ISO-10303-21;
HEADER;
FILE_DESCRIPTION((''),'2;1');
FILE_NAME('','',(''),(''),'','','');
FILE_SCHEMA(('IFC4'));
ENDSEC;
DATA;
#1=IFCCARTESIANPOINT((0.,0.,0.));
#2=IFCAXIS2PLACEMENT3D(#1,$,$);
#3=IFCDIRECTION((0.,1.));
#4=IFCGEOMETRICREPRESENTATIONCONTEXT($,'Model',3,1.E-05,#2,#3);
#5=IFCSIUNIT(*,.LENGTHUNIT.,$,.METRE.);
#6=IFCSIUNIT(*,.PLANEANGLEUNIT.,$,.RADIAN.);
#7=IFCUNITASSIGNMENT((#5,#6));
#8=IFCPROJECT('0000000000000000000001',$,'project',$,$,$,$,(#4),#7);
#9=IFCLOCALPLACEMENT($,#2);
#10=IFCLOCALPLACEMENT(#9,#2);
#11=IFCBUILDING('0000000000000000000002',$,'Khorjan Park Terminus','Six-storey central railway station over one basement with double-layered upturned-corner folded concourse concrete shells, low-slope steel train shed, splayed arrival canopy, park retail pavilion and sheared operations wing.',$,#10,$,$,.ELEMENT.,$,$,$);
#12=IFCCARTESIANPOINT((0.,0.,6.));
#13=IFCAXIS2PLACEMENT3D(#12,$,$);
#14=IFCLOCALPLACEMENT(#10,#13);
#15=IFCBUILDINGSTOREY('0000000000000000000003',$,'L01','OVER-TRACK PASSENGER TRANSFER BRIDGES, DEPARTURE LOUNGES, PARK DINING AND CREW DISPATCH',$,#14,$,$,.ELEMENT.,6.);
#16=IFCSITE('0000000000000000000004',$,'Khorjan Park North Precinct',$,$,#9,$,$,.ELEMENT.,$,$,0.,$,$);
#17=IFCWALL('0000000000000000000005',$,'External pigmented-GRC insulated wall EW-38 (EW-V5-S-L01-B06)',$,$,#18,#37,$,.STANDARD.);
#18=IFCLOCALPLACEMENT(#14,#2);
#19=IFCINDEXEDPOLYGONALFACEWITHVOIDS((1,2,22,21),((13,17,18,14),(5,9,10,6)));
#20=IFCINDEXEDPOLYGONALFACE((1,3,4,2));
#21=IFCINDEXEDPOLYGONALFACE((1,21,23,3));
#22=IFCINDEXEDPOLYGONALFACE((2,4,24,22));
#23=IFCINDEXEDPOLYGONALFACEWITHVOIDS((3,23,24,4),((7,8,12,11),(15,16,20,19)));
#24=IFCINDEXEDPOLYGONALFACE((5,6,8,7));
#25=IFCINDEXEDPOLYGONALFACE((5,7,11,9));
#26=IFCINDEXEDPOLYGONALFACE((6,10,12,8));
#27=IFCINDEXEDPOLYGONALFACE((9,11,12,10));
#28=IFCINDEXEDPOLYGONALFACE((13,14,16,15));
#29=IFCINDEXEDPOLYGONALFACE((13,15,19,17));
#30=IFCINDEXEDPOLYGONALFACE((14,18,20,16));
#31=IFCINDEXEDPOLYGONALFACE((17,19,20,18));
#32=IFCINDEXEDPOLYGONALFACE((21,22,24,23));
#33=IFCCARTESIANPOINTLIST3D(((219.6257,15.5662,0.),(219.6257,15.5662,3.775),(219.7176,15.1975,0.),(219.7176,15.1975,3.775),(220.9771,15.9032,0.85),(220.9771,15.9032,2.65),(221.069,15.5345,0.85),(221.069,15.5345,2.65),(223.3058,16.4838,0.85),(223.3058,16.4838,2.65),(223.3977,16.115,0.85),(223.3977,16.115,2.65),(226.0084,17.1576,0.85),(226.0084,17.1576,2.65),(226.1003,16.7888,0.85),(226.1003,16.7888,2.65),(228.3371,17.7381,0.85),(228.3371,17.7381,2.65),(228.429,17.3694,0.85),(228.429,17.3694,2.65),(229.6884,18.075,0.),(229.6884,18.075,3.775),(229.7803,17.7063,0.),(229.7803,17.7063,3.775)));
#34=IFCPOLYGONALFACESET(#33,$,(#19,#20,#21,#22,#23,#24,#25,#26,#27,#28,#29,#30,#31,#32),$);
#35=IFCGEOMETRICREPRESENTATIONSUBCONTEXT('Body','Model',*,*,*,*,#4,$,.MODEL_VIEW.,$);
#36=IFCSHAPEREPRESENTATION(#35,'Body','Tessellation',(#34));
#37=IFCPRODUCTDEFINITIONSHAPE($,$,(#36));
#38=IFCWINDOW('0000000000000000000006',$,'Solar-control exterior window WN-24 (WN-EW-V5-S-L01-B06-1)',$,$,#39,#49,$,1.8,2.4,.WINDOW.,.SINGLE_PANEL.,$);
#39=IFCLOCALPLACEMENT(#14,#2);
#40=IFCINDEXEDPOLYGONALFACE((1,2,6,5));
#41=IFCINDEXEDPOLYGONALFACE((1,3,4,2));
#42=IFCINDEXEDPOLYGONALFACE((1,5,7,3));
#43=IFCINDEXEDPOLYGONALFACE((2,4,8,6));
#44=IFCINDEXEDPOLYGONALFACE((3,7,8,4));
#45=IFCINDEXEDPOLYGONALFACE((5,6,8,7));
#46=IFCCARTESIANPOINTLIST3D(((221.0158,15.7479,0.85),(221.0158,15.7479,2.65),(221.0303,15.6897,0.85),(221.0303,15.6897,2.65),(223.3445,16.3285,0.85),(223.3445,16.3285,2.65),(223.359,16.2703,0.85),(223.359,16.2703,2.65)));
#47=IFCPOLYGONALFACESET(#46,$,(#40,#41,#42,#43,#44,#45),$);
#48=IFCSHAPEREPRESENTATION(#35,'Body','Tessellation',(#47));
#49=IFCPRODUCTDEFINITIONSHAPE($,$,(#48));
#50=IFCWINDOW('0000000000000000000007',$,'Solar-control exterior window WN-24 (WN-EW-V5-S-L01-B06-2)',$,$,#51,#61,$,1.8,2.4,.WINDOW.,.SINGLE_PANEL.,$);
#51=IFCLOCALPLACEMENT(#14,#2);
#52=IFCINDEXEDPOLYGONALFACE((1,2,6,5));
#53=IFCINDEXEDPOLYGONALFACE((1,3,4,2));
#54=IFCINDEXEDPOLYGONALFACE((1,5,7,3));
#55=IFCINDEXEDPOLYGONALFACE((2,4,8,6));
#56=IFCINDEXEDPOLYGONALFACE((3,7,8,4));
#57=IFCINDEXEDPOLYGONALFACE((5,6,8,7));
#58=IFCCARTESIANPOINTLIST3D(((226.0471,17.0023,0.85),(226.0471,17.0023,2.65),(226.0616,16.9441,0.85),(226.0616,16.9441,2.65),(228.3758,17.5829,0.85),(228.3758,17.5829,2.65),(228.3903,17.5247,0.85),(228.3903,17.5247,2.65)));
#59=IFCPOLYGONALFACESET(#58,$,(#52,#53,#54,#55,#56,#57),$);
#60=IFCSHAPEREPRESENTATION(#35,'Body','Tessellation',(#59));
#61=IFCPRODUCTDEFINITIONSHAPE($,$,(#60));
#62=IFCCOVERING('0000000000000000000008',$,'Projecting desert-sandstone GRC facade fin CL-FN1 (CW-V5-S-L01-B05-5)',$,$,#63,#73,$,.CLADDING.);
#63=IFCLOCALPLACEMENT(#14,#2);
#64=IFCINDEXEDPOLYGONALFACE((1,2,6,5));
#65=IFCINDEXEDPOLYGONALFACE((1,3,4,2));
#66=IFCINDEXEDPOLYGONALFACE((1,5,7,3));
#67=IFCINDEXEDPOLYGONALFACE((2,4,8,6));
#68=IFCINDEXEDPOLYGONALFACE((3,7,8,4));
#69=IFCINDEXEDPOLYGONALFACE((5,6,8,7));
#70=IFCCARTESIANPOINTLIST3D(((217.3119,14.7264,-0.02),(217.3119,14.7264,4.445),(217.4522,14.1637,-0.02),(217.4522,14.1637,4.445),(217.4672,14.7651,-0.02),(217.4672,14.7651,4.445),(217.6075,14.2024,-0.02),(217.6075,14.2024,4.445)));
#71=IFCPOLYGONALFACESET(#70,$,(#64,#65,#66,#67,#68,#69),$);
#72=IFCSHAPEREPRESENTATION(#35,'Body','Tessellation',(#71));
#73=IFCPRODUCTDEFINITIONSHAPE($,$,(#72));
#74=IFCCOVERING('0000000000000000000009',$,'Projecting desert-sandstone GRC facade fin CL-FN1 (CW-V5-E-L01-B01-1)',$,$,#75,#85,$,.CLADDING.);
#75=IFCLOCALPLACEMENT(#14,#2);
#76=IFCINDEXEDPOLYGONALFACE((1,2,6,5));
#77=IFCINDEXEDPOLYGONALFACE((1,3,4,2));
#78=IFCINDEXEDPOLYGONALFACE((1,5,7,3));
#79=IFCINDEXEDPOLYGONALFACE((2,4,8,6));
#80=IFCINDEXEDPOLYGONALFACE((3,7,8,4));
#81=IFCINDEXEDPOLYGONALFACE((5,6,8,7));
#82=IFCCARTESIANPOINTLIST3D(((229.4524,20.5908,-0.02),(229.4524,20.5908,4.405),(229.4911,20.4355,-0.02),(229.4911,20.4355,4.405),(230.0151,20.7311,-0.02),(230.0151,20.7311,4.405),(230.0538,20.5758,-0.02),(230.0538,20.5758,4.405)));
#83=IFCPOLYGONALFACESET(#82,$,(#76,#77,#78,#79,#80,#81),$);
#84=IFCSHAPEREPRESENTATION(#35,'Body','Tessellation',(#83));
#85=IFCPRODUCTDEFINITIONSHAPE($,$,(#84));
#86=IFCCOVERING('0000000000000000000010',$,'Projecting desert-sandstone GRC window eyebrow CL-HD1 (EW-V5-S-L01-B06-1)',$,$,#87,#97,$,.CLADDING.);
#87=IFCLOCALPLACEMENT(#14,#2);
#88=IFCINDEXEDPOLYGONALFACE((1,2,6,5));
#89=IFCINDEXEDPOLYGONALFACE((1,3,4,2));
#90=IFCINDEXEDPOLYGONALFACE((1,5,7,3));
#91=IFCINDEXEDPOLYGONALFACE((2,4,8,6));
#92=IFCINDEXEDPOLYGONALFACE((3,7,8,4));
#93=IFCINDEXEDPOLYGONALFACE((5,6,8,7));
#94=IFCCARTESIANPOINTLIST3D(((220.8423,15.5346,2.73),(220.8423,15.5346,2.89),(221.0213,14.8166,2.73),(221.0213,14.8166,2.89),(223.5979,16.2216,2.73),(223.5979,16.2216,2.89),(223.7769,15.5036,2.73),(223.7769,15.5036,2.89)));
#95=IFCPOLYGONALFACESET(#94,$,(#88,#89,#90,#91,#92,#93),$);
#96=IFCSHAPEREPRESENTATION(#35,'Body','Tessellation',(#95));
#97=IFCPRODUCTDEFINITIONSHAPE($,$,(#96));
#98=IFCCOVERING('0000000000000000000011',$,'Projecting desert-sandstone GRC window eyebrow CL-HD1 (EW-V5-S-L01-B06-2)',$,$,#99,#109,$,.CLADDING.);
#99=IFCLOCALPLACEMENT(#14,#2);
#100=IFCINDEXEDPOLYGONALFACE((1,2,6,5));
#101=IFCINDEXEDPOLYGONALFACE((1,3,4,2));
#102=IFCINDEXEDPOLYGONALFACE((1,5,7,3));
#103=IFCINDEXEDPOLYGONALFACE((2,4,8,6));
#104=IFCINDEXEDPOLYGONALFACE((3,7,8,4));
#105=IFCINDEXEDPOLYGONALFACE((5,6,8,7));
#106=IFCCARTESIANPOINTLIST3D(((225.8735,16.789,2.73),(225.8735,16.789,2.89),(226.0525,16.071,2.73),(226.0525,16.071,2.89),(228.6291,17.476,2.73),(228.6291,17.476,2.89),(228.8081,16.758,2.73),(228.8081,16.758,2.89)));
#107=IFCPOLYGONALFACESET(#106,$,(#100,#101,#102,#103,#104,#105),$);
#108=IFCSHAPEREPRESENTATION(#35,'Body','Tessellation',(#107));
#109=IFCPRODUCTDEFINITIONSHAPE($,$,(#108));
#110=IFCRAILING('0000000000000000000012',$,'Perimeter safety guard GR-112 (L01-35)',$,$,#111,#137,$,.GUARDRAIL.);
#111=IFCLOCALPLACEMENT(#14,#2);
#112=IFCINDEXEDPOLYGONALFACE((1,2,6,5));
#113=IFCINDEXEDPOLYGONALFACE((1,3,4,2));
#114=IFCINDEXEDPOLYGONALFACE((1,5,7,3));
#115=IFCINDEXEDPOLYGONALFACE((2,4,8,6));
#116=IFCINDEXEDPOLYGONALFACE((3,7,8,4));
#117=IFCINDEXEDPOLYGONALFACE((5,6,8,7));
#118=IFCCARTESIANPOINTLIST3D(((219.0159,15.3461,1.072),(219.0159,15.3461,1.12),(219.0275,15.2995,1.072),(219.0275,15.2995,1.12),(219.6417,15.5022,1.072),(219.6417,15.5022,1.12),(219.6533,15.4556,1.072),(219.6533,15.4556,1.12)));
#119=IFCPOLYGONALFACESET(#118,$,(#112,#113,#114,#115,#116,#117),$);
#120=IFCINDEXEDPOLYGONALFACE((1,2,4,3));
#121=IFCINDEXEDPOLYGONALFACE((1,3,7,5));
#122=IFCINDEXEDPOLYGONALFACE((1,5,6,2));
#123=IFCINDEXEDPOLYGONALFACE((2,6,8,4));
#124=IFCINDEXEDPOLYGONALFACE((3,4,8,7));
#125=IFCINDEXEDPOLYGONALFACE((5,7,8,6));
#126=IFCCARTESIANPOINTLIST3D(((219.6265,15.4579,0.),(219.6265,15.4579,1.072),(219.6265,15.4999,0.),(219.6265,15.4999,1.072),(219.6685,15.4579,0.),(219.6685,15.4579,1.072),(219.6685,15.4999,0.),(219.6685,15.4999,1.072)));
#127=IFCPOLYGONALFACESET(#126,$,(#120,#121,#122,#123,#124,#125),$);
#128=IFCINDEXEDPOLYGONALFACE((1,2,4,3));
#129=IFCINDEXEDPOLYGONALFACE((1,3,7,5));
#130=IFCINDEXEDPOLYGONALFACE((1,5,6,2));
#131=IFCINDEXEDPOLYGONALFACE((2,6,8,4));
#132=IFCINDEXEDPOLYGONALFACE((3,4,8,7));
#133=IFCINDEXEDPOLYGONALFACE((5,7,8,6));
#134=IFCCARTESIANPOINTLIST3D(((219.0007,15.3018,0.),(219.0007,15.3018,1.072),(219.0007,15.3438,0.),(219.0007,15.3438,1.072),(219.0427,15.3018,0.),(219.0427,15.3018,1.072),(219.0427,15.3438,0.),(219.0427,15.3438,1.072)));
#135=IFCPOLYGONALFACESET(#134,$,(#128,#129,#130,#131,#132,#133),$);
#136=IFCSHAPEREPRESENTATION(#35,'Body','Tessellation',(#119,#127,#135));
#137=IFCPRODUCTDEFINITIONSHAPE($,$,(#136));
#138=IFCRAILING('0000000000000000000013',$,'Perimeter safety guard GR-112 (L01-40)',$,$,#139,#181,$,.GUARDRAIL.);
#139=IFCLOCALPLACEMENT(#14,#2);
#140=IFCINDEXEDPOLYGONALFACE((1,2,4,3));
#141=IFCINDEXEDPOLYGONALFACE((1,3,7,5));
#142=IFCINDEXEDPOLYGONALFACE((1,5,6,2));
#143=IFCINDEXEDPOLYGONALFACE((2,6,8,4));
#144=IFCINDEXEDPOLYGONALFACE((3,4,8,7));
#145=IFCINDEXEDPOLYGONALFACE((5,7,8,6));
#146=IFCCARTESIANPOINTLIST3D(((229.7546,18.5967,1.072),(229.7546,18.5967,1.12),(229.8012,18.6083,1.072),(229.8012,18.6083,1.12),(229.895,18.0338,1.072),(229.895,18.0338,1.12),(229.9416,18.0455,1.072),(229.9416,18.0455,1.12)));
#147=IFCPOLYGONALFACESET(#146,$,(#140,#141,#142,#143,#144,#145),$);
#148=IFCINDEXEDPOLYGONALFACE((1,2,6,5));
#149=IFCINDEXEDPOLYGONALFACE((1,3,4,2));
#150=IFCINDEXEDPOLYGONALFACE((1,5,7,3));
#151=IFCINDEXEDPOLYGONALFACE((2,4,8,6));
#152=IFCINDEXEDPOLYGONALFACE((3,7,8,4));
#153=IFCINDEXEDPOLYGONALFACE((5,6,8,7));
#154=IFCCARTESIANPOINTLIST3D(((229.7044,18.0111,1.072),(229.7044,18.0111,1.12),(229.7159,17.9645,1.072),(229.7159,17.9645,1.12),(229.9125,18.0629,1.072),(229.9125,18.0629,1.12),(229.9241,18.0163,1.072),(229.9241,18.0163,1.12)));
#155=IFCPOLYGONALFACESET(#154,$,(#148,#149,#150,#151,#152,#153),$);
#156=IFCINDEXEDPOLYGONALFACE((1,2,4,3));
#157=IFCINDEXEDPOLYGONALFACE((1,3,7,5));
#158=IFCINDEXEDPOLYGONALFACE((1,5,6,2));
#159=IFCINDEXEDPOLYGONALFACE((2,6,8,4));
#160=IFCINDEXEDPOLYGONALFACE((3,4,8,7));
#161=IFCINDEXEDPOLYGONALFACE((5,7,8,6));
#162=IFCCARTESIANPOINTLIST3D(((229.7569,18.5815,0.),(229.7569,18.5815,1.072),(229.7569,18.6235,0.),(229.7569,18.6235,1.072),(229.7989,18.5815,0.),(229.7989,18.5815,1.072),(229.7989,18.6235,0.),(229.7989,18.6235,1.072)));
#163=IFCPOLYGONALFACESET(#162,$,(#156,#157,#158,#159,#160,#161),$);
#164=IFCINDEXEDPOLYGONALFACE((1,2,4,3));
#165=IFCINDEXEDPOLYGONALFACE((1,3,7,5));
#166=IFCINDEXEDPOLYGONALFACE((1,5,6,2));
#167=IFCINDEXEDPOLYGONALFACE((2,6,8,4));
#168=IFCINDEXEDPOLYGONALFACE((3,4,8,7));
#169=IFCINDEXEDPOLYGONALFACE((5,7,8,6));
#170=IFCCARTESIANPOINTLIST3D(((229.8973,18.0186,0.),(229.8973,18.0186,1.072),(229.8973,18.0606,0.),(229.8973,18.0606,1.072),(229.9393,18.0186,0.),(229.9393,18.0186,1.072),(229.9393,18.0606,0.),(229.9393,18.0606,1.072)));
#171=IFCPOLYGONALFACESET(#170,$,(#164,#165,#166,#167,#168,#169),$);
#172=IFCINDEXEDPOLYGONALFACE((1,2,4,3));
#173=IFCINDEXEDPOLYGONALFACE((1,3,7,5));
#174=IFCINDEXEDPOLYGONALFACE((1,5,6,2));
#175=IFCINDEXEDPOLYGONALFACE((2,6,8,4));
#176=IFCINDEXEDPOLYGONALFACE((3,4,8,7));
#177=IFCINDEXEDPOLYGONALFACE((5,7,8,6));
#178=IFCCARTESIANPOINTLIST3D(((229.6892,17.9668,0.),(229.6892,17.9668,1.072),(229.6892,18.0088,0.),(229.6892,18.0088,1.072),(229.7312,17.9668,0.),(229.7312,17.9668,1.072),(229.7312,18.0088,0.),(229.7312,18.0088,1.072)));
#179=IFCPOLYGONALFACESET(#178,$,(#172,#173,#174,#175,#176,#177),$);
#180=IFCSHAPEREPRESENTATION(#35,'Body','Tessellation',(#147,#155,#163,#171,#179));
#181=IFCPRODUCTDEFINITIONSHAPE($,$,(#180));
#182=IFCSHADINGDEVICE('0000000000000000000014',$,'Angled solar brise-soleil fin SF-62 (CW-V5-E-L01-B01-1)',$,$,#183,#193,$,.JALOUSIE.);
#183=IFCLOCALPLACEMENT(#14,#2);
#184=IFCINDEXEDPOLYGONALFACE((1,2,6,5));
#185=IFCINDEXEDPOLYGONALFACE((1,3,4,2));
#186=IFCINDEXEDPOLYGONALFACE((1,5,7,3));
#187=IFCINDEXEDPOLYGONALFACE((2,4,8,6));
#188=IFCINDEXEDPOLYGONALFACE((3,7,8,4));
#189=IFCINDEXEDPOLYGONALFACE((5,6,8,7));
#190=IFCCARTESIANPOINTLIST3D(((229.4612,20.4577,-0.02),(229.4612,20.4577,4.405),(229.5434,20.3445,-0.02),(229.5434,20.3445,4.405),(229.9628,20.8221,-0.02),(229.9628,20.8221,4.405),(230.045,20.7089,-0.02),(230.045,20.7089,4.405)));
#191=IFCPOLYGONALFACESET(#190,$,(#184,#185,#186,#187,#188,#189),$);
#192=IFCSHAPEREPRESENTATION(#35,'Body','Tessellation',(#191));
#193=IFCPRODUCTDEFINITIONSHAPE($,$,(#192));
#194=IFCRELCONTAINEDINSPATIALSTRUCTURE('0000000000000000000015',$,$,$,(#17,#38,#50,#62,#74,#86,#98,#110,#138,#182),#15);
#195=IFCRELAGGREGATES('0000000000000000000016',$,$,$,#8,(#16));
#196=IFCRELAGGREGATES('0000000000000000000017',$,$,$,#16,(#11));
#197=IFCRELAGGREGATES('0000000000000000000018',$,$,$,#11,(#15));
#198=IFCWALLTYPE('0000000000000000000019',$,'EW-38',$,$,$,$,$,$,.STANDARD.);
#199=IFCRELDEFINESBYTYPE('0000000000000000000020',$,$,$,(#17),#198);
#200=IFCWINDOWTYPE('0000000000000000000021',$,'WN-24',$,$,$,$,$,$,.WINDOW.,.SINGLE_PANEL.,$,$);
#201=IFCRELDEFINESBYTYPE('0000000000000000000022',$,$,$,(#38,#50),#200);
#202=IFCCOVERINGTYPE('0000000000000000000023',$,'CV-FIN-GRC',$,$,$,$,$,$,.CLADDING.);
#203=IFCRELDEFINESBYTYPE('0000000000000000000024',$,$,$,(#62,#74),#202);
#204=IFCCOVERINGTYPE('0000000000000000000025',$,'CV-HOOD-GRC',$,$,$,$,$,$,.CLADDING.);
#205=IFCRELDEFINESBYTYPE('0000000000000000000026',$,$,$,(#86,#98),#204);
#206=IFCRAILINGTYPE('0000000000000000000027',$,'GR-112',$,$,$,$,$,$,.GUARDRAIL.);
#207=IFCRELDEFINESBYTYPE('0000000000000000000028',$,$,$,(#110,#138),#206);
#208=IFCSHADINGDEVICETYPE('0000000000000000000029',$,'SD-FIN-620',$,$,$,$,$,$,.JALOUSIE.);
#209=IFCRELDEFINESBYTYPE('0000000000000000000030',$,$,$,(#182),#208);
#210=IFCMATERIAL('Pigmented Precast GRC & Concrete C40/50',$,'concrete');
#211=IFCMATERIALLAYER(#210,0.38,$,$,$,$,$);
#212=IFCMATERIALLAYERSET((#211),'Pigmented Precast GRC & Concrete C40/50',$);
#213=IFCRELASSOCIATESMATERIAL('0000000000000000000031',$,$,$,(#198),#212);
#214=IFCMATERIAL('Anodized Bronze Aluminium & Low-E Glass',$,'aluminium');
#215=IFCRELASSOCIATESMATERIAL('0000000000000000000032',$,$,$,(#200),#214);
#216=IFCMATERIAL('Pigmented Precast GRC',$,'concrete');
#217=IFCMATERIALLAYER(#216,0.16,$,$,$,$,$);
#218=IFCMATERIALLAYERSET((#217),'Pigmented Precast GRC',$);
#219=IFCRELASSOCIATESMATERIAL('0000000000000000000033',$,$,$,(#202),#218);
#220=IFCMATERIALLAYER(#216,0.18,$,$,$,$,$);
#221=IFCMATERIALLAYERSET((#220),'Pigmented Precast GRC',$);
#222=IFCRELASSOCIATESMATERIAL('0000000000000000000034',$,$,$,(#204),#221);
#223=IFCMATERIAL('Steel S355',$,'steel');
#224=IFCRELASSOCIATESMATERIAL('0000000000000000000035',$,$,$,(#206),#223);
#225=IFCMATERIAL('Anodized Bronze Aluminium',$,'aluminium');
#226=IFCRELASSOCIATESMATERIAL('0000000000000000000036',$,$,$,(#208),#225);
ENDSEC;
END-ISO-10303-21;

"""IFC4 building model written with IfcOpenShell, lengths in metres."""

from ifc_helpers import new_model, si_unit, direction, frame, frame_2d, origin, origin_2d, place, context, subcontext, project, spatial, rectangle, extrude, material, layer, layer_set, type_object, element, fill, save


model = new_model("IFC4")

# Units and contexts
model_context = context("Model", 3, precision=1e-05, world=origin(), true_north=direction((0.0, 1.0)))
body_context = subcontext(model_context, "Body", "Model", "MODEL_VIEW")
ifc_project = project(units=[si_unit("LENGTHUNIT", "METRE"), si_unit("PLANEANGLEUNIT", "RADIAN")], contexts=[model_context])

# Site, building, storey
site_placement = place(None, origin())
site = spatial("IfcSite", under=ifc_project, at=site_placement, Name="Khorjan Park North Precinct", CompositionType="ELEMENT", RefElevation=0.0)
building_placement = place(site_placement, origin())
building = spatial("IfcBuilding", under=site, at=building_placement, Name="Khorjan Park Terminus", Description="Six-storey central railway station over one basement with double-layered upturned-corner folded concourse concrete shells, low-slope steel train shed, splayed arrival canopy, park retail pavilion and sheared operations wing.", CompositionType="ELEMENT")
storey_placement = place(building_placement, frame((0.0, 0.0, 6.0)))
storey = spatial("IfcBuildingStorey", under=building, at=storey_placement, Name="L01", Description="OVER-TRACK PASSENGER TRANSFER BRIDGES, DEPARTURE LOUNGES, PARK DINING AND CREW DISPATCH", CompositionType="ELEMENT", Elevation=6.0)

# Shared definitions
ifc_material_1 = material(Name="Steel S355", Category="steel")

# Shared definitions
ifc_material_2 = material(Name="Anodized Bronze Aluminium", Category="aluminium")

# Wall, openings, windows
ifc_material_3 = material(Name="Pigmented Precast GRC & Concrete C40/50", Category="concrete")
ifc_layer_1 = layer(ifc_material_3, 0.38)
ifc_layer_set_1 = layer_set([ifc_layer_1], Name="Pigmented Precast GRC & Concrete C40/50")
wall_type = type_object("IfcWallType", Name="EW-38", PredefinedType="STANDARD", material=ifc_layer_set_1)
wall_placement = place(storey_placement, frame((219.6717, 15.3819, 0.0), z_axis=(0.0, 0.0, 1.0), x_axis=(0.970298, 0.241912, 0.0)))
wall = element("IfcWall", 1, at=wall_placement, inside=storey, type_object=wall_type, Name="External pigmented-GRC insulated wall EW-38 (EW-V5-S-L01-B06)", PredefinedType="STANDARD", context=body_context, shape_type="SweptSolid", body=[
    extrude(rectangle(XDim=10.3707, YDim=0.38, at=frame_2d((5.1853, 0.0))), origin(), (0.0, 0.0, 1.0), 3.775),
])
opening_1_placement = place(wall_placement, frame((1.3927, 0.0, 0.85)))
opening_1 = element("IfcOpeningElement", 2, at=opening_1_placement, cuts=wall, PredefinedType="OPENING", context=body_context, shape_type="SweptSolid", body=[
    extrude(rectangle(XDim=2.4, YDim=1.8, at=frame_2d((1.2, 0.9))), frame((0.0, 0.2, 0.0), z_axis=(0.0, -1.0, 0.0), x_axis=(1.0, 0.0, 0.0)), (0.0, 0.0, 1.0), 0.4),
])
opening_2_placement = place(wall_placement, frame((6.578, 0.0, 0.85)))
opening_2 = element("IfcOpeningElement", 3, at=opening_2_placement, cuts=wall, PredefinedType="OPENING", context=body_context, shape_type="SweptSolid", body=[
    extrude(rectangle(XDim=2.4, YDim=1.8, at=frame_2d((1.2, 0.9))), frame((0.0, 0.2, 0.0), z_axis=(0.0, -1.0, 0.0), x_axis=(1.0, 0.0, 0.0)), (0.0, 0.0, 1.0), 0.4),
])
ifc_material_4 = material(Name="Anodized Bronze Aluminium & Low-E Glass", Category="aluminium")
window_type = type_object("IfcWindowType", Name="WN-24", PartitioningType="SINGLE_PANEL", PredefinedType="WINDOW", material=ifc_material_4)
window_1_placement = place(opening_1_placement, origin())
window_1 = element("IfcWindow", 4, at=window_1_placement, inside=storey, type_object=window_type, Name="Solar-control exterior window WN-24 (WN-EW-V5-S-L01-B06-1)", OverallHeight=1.8, OverallWidth=2.4, PartitioningType="SINGLE_PANEL", PredefinedType="WINDOW", context=body_context, shape_type="SweptSolid", body=[
    extrude(rectangle(XDim=2.4, YDim=1.8, at=frame_2d((1.2, 0.9))), frame((0.0, 0.03, 0.0), z_axis=(0.0, -1.0, 0.0), x_axis=(1.0, 0.0, 0.0)), (0.0, 0.0, 1.0), 0.06),
])
fill(opening_1, window_1)
window_2_placement = place(opening_2_placement, origin())
window_2 = element("IfcWindow", 5, at=window_2_placement, inside=storey, type_object=window_type, Name="Solar-control exterior window WN-24 (WN-EW-V5-S-L01-B06-2)", OverallHeight=1.8, OverallWidth=2.4, PartitioningType="SINGLE_PANEL", PredefinedType="WINDOW", context=body_context, shape_type="SweptSolid", body=[
    extrude(rectangle(XDim=2.4, YDim=1.8, at=frame_2d((1.2, 0.9))), frame((0.0, 0.03, 0.0), z_axis=(0.0, -1.0, 0.0), x_axis=(1.0, 0.0, 0.0)), (0.0, 0.0, 1.0), 0.06),
])
fill(opening_2, window_2)

# Coverings
ifc_material_5 = material(Name="Pigmented Precast GRC", Category="concrete")
ifc_layer_2 = layer(ifc_material_5, 0.16)
ifc_layer_set_2 = layer_set([ifc_layer_2], Name="Pigmented Precast GRC")
covering_type_1 = type_object("IfcCoveringType", Name="CV-FIN-GRC", PredefinedType="CLADDING", material=ifc_layer_set_2)
covering_1_placement = place(storey_placement, frame((217.4597, 14.4644, -0.02), z_axis=(0.0, 0.0, 1.0), x_axis=(-0.241922, 0.970296, 0.0)))
element("IfcCovering", 6, at=covering_1_placement, inside=storey, type_object=covering_type_1, Name="Projecting desert-sandstone GRC facade fin CL-FN1 (CW-V5-S-L01-B05-5)", PredefinedType="CLADDING", context=body_context, shape_type="SweptSolid", body=[
    extrude(rectangle(XDim=0.58, YDim=0.16, at=origin_2d()), origin(), (0.0, 0.0, 1.0), 4.465),
])
covering_2_placement = place(storey_placement, frame((229.7531, 20.5833, -0.02), z_axis=(0.0, 0.0, 1.0), x_axis=(-0.970296, -0.241922, 0.0)))
element("IfcCovering", 7, at=covering_2_placement, inside=storey, type_object=covering_type_1, Name="Projecting desert-sandstone GRC facade fin CL-FN1 (CW-V5-E-L01-B01-1)", PredefinedType="CLADDING", context=body_context, shape_type="SweptSolid", body=[
    extrude(rectangle(XDim=0.58, YDim=0.16, at=origin_2d()), origin(), (0.0, 0.0, 1.0), 4.425),
])
ifc_layer_3 = layer(ifc_material_5, 0.18)
ifc_layer_set_3 = layer_set([ifc_layer_3], Name="Pigmented Precast GRC")
covering_type_2 = type_object("IfcCoveringType", Name="CV-HOOD-GRC", PredefinedType="CLADDING", material=ifc_layer_set_3)
for number, where, z_axis, x_axis, name in (
    (8, (222.3096, 15.5191, 2.73), (0.0, 0.0, 1.0), (0.970298, 0.241912, 0.0), "Projecting desert-sandstone GRC window eyebrow CL-HD1 (EW-V5-S-L01-B06-1)"),
    (9, (227.3408, 16.7735, 2.73), (0.0, 0.0, 1.0), (0.970298, 0.241912, 0.0), "Projecting desert-sandstone GRC window eyebrow CL-HD1 (EW-V5-S-L01-B06-2)"),
):
    element("IfcCovering", number, at=place(storey_placement, frame(where, z_axis=z_axis, x_axis=x_axis)), inside=storey, type_object=covering_type_2, Name=name, PredefinedType="CLADDING", context=body_context, shape_type="SweptSolid", body=[
        extrude(rectangle(XDim=2.84, YDim=0.74, at=origin_2d()), origin(), (0.0, 0.0, 1.0), 0.16),
    ])

# Railings
railing_type = type_object("IfcRailingType", Name="GR-112", PredefinedType="GUARDRAIL", material=ifc_material_1)
railing_1_placement = place(storey_placement, frame((219.6475, 15.4789, 0.0)))
element("IfcRailing", 10, at=railing_1_placement, inside=storey, type_object=railing_type, Name="Perimeter safety guard GR-112 (L01-35)", PredefinedType="GUARDRAIL", context=body_context, shape_type="SweptSolid", body=[
    extrude(rectangle(XDim=0.048, YDim=0.048, at=origin_2d()), frame((0.0, 0.0, 1.096), z_axis=(-0.97027, -0.242025, 0.0), x_axis=(0.242025, -0.97027, 0.0)), (0.0, 0.0, 1.0), 0.645),
    extrude(rectangle(XDim=0.042, YDim=0.042, at=origin_2d()), origin(), (0.0, 0.0, 1.0), 1.072),
    extrude(rectangle(XDim=0.042, YDim=0.042, at=origin_2d()), frame((-0.6258, -0.1561, 0.0)), (0.0, 0.0, 1.0), 1.072),
])
railing_2_placement = place(storey_placement, frame((229.7779, 18.6025, 0.0)))
element("IfcRailing", 11, at=railing_2_placement, inside=storey, type_object=railing_type, Name="Perimeter safety guard GR-112 (L01-40)", PredefinedType="GUARDRAIL", context=body_context, shape_type="SweptSolid", body=[
    extrude(rectangle(XDim=0.048, YDim=0.048, at=origin_2d()), frame((0.0, 0.0, 1.096), z_axis=(0.242008, -0.970274, 0.0), x_axis=(0.970274, 0.242008, 0.0)), (0.0, 0.0, 1.0), 0.5801),
    extrude(rectangle(XDim=0.048, YDim=0.048, at=origin_2d()), frame((0.1404, -0.5629, 1.096), z_axis=(-0.970389, -0.241548, 0.0), x_axis=(0.241548, -0.970389, 0.0)), (0.0, 0.0, 1.0), 0.2145),
    extrude(rectangle(XDim=0.042, YDim=0.042, at=origin_2d()), origin(), (0.0, 0.0, 1.0), 1.072),
    extrude(rectangle(XDim=0.042, YDim=0.042, at=origin_2d()), frame((0.1404, -0.5629, 0.0)), (0.0, 0.0, 1.0), 1.072),
    extrude(rectangle(XDim=0.042, YDim=0.042, at=origin_2d()), frame((-0.0677, -0.6147, 0.0)), (0.0, 0.0, 1.0), 1.072),
])

# Shading device
shading_device_type_1 = type_object("IfcShadingDeviceType", Name="SD-FIN-620", PredefinedType="JALOUSIE", material=ifc_material_2)
shading_device_placement = place(storey_placement, frame((229.7531, 20.5833, -0.02), z_axis=(0.0, 0.0, 1.0), x_axis=(-0.809017, -0.587785, 0.0)))
element("IfcShadingDevice", 12, at=shading_device_placement, inside=storey, type_object=shading_device_type_1, Name="Angled solar brise-soleil fin SF-62 (CW-V5-E-L01-B01-1)", PredefinedType="JALOUSIE", context=body_context, shape_type="SweptSolid", body=[
    extrude(rectangle(XDim=0.62, YDim=0.14, at=origin_2d()), origin(), (0.0, 0.0, 1.0), 4.425),
])

save(model, "model.ifc")
